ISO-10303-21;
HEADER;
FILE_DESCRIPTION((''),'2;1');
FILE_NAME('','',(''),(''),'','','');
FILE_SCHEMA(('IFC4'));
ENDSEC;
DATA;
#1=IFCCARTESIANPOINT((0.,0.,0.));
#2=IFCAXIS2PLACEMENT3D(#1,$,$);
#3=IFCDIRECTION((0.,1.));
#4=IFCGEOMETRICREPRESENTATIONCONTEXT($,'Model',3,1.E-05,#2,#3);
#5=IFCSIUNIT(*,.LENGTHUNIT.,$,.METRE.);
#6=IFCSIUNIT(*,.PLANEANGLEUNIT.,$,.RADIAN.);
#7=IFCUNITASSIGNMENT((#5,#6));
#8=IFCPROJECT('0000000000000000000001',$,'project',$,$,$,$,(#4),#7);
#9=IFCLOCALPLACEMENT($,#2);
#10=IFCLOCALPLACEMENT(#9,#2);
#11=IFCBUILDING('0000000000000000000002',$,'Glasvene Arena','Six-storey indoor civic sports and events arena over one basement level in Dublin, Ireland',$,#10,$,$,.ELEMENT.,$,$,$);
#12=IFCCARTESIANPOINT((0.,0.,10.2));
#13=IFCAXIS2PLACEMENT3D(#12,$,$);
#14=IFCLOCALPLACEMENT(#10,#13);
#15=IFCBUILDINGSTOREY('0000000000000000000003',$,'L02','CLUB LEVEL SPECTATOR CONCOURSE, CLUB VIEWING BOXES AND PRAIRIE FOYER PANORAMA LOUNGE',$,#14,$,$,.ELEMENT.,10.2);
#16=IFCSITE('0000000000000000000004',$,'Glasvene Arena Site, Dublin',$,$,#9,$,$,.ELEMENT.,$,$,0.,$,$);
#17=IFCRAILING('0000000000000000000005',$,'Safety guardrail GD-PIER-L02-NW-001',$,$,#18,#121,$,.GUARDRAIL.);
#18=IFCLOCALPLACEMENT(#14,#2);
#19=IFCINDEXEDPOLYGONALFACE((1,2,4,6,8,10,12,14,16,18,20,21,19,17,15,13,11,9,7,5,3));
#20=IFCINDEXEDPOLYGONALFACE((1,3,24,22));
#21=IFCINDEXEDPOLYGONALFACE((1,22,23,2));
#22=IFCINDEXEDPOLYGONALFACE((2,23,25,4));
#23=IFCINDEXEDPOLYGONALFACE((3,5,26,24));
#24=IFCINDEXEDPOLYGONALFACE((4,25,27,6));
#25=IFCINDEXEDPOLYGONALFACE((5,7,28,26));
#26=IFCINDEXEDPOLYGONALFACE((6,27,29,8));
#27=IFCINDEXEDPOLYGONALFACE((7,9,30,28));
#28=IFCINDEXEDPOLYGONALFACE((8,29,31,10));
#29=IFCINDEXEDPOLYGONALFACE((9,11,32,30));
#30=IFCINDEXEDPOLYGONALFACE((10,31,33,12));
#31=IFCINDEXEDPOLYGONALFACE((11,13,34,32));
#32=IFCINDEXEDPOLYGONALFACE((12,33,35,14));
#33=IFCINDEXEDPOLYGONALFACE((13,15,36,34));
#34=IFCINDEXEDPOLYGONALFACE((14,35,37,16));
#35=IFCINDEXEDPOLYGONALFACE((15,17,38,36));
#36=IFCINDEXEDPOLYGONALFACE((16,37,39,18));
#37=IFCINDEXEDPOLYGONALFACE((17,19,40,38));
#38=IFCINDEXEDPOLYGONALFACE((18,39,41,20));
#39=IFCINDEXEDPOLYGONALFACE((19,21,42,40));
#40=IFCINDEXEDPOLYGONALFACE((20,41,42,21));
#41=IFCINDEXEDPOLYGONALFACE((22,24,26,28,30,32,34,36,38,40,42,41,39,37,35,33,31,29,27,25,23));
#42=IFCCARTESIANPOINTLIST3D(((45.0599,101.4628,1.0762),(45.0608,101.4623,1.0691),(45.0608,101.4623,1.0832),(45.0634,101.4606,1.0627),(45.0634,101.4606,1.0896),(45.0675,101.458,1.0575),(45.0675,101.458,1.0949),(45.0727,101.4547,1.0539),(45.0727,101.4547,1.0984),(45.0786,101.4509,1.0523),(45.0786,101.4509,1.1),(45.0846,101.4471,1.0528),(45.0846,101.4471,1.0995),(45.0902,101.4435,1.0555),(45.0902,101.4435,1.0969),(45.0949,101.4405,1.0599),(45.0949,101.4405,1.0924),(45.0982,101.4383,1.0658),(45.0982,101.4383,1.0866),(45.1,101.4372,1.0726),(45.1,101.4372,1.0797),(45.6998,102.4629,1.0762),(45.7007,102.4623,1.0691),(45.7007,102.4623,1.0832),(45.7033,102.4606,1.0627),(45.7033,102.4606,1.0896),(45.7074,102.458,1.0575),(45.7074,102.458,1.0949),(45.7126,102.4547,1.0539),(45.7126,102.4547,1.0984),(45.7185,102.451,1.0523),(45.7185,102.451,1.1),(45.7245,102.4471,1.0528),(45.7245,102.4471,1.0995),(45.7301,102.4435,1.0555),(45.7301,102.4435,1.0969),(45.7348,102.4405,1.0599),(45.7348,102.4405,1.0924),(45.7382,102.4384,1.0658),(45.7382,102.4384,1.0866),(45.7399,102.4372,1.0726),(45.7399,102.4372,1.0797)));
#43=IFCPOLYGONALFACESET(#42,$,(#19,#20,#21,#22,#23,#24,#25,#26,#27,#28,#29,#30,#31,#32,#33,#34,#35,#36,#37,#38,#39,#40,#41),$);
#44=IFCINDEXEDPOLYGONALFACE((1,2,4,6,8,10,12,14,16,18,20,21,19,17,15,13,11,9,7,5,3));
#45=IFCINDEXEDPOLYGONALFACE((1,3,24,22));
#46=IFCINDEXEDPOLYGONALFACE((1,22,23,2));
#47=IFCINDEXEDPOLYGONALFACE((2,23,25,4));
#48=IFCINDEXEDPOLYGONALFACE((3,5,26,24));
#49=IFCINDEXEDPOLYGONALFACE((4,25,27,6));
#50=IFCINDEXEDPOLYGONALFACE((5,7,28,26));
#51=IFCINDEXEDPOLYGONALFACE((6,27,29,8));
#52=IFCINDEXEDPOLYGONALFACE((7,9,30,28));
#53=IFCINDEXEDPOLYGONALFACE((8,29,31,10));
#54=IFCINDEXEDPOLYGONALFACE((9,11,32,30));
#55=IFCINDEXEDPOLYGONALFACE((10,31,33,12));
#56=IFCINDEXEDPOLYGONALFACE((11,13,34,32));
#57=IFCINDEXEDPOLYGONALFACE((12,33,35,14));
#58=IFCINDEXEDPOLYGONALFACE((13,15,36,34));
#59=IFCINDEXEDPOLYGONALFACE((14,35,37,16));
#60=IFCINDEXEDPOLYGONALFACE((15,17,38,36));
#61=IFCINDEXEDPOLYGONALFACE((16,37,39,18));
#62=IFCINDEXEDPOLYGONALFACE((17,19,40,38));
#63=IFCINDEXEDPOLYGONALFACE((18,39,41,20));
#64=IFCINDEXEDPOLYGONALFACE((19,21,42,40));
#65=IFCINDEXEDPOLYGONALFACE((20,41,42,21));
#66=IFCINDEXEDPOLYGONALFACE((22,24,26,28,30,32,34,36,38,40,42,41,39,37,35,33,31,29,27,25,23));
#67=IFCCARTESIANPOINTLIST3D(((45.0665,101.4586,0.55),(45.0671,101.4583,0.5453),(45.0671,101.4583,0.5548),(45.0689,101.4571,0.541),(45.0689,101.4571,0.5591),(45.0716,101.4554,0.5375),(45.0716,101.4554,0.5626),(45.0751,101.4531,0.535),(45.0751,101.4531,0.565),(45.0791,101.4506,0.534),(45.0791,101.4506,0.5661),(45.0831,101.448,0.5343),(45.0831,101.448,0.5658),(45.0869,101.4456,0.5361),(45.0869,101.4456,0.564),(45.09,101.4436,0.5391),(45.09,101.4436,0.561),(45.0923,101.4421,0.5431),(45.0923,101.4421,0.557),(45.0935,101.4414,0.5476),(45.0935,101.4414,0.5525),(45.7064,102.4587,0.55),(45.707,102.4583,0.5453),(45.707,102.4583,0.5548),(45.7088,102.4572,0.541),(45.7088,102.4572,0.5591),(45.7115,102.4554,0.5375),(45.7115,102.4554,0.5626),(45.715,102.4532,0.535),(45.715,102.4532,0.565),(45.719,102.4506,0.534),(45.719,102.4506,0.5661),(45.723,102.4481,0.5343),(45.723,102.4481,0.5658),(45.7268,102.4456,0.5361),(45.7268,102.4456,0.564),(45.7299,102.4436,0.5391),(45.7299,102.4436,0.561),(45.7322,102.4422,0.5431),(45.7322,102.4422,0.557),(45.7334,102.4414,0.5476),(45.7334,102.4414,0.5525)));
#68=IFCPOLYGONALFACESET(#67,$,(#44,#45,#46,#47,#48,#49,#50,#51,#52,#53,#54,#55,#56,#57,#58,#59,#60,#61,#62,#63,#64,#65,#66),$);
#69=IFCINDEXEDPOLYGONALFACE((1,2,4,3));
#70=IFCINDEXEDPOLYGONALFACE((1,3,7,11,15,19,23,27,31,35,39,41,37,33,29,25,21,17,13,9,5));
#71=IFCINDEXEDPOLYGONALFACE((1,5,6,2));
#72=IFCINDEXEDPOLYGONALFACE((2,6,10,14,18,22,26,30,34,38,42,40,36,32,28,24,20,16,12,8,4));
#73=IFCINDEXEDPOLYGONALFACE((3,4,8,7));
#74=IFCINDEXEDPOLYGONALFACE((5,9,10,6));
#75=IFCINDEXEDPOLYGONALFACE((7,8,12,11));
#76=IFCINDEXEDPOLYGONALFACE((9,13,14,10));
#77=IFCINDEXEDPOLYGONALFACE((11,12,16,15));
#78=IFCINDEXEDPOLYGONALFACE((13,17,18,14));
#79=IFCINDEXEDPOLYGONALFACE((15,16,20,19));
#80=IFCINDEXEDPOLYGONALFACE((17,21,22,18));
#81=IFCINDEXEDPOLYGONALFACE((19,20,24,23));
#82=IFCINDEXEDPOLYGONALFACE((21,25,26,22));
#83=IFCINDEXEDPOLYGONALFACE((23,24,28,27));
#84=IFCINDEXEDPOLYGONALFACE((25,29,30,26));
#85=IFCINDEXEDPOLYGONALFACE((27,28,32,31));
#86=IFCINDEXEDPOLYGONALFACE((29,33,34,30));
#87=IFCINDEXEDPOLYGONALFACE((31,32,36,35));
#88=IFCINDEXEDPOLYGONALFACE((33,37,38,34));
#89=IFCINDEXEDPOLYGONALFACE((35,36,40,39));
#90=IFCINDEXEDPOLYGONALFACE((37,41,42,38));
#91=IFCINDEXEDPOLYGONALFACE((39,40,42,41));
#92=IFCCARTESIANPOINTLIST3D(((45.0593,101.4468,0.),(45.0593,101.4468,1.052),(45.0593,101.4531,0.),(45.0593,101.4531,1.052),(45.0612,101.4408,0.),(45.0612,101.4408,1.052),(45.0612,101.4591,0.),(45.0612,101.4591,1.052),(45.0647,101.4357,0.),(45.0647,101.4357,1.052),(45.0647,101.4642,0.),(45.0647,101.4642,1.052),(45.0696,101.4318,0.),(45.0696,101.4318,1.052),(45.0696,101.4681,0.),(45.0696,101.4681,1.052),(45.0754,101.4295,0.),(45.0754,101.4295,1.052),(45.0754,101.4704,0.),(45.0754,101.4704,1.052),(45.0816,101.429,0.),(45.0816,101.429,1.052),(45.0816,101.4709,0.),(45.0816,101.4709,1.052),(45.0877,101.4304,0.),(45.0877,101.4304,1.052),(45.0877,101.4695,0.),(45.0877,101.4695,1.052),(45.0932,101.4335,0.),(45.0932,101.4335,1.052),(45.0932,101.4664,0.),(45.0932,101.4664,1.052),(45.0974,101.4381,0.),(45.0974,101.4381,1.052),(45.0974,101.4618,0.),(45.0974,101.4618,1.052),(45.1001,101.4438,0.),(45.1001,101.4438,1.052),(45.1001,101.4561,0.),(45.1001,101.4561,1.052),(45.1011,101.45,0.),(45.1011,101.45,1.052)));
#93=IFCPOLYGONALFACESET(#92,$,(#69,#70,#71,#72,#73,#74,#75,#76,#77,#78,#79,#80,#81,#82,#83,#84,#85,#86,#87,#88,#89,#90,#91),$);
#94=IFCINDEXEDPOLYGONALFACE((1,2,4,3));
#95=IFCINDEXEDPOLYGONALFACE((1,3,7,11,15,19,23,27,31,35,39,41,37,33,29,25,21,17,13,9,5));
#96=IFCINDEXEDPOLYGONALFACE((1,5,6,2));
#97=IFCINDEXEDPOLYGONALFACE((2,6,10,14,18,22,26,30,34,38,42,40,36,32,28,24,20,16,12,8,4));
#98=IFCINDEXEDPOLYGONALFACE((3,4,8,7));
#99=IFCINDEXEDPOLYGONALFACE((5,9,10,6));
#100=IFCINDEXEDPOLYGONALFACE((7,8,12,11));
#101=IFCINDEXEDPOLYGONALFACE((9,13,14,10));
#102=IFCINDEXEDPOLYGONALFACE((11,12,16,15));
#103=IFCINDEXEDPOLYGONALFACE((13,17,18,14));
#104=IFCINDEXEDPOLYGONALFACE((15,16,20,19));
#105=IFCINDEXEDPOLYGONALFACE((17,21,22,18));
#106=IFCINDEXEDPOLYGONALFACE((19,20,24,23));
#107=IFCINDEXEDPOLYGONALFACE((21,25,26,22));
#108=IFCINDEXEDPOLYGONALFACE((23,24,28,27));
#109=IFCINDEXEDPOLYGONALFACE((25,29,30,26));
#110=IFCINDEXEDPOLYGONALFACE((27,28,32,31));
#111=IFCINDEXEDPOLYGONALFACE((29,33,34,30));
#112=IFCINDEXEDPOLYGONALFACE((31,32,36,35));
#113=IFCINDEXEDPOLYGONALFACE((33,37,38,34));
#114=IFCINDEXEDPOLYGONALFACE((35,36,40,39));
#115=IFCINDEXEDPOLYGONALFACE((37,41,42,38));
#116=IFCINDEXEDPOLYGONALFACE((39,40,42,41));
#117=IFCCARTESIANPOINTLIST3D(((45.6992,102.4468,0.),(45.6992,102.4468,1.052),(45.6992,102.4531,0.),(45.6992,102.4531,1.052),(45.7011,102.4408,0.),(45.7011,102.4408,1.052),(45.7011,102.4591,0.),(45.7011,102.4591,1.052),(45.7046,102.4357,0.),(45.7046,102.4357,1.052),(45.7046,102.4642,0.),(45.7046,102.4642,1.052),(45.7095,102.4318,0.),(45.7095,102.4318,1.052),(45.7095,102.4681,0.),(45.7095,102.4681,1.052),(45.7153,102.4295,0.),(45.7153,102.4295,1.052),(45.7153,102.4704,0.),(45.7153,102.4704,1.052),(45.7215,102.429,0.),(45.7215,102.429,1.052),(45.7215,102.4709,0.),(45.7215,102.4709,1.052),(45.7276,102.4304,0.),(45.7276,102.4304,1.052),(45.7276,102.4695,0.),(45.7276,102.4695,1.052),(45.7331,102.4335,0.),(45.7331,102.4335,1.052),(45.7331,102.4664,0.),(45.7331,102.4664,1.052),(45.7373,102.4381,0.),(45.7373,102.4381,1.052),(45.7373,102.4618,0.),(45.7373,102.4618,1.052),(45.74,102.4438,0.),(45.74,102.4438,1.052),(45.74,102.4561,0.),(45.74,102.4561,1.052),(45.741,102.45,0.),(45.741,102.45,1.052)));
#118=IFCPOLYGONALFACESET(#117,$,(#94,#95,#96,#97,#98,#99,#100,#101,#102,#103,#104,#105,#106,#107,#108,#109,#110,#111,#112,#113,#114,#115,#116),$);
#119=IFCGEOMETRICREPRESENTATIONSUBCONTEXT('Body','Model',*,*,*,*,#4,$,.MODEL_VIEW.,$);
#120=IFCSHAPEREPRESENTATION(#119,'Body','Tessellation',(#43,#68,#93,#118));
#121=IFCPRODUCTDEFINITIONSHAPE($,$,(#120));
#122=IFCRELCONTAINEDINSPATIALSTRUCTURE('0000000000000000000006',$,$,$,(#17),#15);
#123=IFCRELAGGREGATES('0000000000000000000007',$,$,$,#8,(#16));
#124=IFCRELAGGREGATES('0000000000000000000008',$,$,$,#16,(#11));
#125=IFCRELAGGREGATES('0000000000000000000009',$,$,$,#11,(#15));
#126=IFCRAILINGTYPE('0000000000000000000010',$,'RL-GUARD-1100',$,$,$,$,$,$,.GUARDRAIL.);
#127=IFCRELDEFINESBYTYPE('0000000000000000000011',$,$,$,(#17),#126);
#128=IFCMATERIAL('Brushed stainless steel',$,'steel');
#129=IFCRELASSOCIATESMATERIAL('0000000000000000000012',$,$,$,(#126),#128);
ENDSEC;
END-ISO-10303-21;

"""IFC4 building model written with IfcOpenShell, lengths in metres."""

from ifc_helpers import new_model, si_unit, direction, frame, origin, origin_2d, place, context, subcontext, project, spatial, circle, extrude, material, type_object, element, save


model = new_model("IFC4")

# Units and contexts
model_context = context("Model", 3, precision=1e-05, world=origin(), true_north=direction((0.0, 1.0)))
body_context = subcontext(model_context, "Body", "Model", "MODEL_VIEW")
ifc_project = project(units=[si_unit("LENGTHUNIT", "METRE"), si_unit("PLANEANGLEUNIT", "RADIAN")], contexts=[model_context])

# Site, building, storey
site_placement = place(None, origin())
site = spatial("IfcSite", under=ifc_project, at=site_placement, Name="Glasvene Arena Site, Dublin", CompositionType="ELEMENT", RefElevation=0.0)
building_placement = place(site_placement, origin())
building = spatial("IfcBuilding", under=site, at=building_placement, Name="Glasvene Arena", Description="Six-storey indoor civic sports and events arena over one basement level in Dublin, Ireland", CompositionType="ELEMENT")
storey_placement = place(building_placement, frame((0.0, 0.0, 10.2)))
storey = spatial("IfcBuildingStorey", under=building, at=storey_placement, Name="L02", Description="CLUB LEVEL SPECTATOR CONCOURSE, CLUB VIEWING BOXES AND PRAIRIE FOYER PANORAMA LOUNGE", CompositionType="ELEMENT", Elevation=10.2)

# Railing
ifc_material_1 = material(Name="Brushed stainless steel", Category="steel")
railing_type_1 = type_object("IfcRailingType", Name="RL-GUARD-1100", PredefinedType="GUARDRAIL", material=ifc_material_1)
railing_1_placement = place(storey_placement, frame((45.0801, 101.45, 0.0)))
element("IfcRailing", 1, at=railing_1_placement, inside=storey, type_object=railing_type_1, Name="Safety guardrail GD-PIER-L02-NW-001", PredefinedType="GUARDRAIL", context=body_context, shape_type="SweptSolid", body=[
    extrude(circle(Radius=0.0239, at=origin_2d()), frame((0.0, 0.0, 1.0762), z_axis=(0.53899, 0.842312, 0.0), x_axis=(-0.842312, 0.53899, 0.0)), (0.0, 0.0, 1.0), 1.1873),
    extrude(circle(Radius=0.0161, at=origin_2d()), frame((0.0, 0.0, 0.55), z_axis=(0.53899, 0.842312, 0.0), x_axis=(-0.842312, 0.53899, 0.0)), (0.0, 0.0, 1.0), 1.1873),
    extrude(circle(Radius=0.021, at=origin_2d()), origin(), (0.0, 0.0, 1.0), 1.052),
    extrude(circle(Radius=0.021, at=origin_2d()), frame((0.6399, 1.0, 0.0)), (0.0, 0.0, 1.0), 1.052),
])

save(model, "model.ifc")
